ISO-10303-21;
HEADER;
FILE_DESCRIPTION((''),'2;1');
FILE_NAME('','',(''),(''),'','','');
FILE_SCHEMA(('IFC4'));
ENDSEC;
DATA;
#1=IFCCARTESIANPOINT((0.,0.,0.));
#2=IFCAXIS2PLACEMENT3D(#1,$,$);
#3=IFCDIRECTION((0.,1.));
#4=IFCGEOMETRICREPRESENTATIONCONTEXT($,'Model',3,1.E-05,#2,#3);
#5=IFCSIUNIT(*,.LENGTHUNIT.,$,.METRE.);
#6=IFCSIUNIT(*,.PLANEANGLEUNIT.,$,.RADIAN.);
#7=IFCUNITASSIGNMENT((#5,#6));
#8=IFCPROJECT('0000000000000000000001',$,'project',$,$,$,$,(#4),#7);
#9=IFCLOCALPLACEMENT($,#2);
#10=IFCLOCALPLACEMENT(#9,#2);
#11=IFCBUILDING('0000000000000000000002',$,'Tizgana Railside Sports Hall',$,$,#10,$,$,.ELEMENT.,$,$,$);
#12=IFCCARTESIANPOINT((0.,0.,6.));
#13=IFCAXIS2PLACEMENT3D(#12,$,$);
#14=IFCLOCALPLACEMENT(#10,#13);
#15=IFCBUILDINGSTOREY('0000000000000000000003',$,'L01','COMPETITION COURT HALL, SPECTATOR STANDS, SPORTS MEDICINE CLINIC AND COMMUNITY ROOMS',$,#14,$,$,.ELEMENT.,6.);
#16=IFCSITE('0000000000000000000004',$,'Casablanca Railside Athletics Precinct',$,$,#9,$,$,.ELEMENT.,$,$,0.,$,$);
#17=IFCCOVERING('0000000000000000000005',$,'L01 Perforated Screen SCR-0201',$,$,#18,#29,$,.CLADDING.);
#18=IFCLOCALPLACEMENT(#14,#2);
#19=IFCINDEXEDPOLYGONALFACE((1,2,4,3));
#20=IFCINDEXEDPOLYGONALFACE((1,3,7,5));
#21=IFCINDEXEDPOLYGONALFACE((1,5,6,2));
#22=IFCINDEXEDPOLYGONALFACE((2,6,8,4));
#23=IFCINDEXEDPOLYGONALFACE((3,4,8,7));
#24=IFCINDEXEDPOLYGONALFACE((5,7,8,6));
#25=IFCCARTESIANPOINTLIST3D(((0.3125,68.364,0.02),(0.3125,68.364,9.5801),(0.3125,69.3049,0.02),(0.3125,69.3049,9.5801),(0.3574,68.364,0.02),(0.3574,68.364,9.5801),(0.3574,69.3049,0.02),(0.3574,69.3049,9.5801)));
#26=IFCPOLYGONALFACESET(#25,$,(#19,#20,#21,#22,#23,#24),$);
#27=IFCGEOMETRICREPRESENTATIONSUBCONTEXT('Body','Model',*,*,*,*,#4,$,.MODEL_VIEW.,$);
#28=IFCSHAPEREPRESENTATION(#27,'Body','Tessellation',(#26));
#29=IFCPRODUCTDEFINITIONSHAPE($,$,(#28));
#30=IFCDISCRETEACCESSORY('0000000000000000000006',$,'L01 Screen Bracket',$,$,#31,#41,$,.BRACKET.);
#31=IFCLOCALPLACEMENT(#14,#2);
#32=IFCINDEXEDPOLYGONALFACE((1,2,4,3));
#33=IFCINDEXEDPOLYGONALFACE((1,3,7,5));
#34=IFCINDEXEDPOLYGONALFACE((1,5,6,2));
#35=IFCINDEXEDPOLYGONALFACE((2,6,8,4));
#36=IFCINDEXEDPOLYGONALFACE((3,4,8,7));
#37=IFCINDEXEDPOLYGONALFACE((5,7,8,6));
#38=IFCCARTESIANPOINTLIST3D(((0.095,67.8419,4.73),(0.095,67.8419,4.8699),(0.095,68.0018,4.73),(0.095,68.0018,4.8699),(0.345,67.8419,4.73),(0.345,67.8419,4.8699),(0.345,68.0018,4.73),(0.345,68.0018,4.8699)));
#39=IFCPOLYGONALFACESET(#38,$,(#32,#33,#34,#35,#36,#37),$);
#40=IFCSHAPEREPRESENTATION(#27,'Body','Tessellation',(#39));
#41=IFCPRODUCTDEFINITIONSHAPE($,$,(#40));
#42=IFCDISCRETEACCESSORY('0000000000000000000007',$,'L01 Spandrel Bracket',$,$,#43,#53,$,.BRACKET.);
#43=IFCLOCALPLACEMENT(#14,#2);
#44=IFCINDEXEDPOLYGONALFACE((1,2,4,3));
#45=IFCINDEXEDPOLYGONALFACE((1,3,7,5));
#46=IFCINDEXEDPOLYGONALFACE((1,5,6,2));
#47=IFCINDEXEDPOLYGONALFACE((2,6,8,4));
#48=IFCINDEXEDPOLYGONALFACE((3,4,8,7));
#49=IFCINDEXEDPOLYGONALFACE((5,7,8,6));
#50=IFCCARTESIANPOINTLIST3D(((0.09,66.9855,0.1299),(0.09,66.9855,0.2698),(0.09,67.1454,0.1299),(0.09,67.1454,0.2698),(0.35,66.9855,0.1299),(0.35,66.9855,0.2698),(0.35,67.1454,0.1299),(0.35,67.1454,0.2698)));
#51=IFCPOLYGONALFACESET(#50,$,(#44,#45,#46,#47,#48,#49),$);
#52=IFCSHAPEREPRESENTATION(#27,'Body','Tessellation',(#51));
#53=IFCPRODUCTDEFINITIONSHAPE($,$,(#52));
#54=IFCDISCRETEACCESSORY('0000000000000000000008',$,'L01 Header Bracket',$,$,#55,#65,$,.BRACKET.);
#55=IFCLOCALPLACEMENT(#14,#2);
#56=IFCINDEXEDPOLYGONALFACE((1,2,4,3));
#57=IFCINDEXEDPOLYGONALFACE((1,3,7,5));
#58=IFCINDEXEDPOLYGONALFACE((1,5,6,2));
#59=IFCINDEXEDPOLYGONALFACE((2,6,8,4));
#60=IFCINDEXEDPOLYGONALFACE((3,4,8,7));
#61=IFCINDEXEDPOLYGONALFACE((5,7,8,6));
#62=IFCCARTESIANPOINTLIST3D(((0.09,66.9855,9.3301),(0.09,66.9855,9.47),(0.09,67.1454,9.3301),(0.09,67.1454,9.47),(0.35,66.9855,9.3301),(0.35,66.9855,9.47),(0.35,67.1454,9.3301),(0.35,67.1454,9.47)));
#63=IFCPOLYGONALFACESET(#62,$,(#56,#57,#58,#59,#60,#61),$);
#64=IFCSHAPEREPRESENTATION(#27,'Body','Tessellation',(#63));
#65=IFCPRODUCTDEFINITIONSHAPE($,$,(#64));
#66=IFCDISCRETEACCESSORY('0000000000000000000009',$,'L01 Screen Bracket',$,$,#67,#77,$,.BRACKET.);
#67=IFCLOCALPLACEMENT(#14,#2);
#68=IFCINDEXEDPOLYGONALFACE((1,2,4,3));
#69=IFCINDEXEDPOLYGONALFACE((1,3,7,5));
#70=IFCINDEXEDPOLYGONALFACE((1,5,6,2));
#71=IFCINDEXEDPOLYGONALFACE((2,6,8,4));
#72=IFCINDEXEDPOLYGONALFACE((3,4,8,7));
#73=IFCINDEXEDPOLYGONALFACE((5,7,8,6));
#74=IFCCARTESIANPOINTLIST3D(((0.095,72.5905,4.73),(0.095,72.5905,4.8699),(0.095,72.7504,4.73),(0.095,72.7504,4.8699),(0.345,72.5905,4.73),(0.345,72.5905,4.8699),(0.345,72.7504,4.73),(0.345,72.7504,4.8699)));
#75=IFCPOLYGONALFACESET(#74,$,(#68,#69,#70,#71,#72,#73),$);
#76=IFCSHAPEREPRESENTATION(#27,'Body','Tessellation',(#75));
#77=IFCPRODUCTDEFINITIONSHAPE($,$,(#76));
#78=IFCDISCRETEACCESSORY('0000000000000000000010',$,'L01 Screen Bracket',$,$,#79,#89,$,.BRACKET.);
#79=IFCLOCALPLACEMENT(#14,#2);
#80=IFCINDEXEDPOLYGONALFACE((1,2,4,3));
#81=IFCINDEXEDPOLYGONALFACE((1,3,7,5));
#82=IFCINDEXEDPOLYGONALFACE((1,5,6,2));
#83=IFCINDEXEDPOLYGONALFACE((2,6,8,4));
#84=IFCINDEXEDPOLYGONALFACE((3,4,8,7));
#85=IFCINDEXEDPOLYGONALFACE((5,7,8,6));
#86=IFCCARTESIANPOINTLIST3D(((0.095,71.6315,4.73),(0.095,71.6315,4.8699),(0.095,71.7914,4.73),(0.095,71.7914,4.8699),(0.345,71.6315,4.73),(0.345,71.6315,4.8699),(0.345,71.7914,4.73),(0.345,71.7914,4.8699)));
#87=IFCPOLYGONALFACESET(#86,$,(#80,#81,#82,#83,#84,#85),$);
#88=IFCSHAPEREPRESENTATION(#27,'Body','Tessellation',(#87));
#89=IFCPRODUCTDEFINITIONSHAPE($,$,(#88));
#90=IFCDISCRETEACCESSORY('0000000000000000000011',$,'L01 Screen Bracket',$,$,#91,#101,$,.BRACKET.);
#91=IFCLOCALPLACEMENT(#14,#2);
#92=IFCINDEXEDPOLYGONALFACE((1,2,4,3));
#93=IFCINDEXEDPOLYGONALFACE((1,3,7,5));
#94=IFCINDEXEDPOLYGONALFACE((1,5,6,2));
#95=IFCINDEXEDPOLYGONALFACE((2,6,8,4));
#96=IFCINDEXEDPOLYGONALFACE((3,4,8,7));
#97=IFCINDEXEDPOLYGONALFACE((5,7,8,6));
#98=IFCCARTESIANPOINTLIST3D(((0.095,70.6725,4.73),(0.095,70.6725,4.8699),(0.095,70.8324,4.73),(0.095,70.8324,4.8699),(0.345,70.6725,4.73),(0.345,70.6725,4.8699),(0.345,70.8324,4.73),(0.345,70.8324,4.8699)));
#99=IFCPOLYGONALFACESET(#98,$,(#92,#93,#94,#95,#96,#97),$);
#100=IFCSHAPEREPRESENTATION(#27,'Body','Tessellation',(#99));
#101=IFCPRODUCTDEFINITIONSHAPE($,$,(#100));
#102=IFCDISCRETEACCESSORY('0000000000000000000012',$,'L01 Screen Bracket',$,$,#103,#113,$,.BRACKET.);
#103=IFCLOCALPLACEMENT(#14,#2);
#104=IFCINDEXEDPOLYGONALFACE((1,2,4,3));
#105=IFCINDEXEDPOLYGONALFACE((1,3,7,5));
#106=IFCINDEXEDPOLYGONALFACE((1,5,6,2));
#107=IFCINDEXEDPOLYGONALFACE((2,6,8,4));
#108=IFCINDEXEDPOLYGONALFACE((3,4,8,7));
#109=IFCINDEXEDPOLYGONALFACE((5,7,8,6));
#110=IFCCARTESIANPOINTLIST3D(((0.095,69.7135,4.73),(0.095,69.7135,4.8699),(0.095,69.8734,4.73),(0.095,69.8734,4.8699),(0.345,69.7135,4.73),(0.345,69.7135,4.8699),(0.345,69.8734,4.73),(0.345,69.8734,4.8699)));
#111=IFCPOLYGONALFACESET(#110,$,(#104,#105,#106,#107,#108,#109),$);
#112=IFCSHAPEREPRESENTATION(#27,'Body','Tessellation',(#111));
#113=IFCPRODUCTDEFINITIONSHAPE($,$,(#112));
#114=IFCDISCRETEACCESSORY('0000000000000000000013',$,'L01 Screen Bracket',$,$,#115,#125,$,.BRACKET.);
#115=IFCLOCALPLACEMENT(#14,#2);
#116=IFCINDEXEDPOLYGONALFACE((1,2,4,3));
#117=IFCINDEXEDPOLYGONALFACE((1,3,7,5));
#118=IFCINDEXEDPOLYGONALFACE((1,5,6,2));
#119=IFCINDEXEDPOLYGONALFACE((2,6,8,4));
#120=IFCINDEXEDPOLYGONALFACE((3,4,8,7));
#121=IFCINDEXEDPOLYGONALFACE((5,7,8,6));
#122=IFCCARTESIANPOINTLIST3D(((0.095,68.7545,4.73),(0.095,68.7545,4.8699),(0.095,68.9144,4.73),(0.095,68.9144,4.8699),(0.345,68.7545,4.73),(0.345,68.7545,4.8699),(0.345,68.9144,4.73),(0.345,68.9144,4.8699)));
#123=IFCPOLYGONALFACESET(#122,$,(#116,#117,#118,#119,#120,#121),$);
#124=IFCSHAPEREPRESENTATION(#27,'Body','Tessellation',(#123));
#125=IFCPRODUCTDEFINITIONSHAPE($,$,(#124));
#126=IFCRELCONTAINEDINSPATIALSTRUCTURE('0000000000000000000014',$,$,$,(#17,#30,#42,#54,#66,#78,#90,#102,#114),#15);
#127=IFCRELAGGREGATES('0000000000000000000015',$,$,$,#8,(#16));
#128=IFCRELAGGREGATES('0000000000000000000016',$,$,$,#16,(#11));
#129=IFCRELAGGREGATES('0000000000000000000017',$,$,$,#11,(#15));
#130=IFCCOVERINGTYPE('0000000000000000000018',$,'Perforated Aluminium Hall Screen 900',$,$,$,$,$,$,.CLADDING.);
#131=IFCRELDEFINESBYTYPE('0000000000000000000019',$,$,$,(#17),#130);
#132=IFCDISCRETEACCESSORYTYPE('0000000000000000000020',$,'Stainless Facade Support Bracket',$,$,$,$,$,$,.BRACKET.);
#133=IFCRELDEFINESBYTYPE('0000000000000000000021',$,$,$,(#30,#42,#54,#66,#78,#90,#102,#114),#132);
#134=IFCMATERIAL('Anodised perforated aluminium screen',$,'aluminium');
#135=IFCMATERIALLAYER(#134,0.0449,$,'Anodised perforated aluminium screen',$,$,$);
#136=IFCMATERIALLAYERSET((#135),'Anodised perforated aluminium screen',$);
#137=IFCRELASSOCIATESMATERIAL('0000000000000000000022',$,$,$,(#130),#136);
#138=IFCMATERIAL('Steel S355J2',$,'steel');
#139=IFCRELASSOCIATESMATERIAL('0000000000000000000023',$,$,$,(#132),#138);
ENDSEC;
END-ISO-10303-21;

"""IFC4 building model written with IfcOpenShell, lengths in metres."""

from ifc_helpers import new_model, si_unit, direction, frame, origin, origin_2d, place, context, subcontext, project, spatial, rectangle, extrude, material, layer, layer_set, type_object, element, save


model = new_model("IFC4")

# Units and contexts
model_context = context("Model", 3, precision=1e-05, world=origin(), true_north=direction((0.0, 1.0)))
body_context = subcontext(model_context, "Body", "Model", "MODEL_VIEW")
ifc_project = project(units=[si_unit("LENGTHUNIT", "METRE"), si_unit("PLANEANGLEUNIT", "RADIAN")], contexts=[model_context])

# Site, building, storey
site_placement = place(None, origin())
site = spatial("IfcSite", under=ifc_project, at=site_placement, Name="Casablanca Railside Athletics Precinct", CompositionType="ELEMENT", RefElevation=0.0)
building_placement = place(site_placement, origin())
building = spatial("IfcBuilding", under=site, at=building_placement, Name="Tizgana Railside Sports Hall", CompositionType="ELEMENT")
storey_placement = place(building_placement, frame((0.0, 0.0, 6.0)))
storey = spatial("IfcBuildingStorey", under=building, at=storey_placement, Name="L01", Description="COMPETITION COURT HALL, SPECTATOR STANDS, SPORTS MEDICINE CLINIC AND COMMUNITY ROOMS", CompositionType="ELEMENT", Elevation=6.0)

# Shared definitions
ifc_material_1 = material(Name="Steel S355J2", Category="steel")

# Covering
ifc_material_2 = material(Name="Anodised perforated aluminium screen", Category="aluminium")
ifc_layer_1 = layer(ifc_material_2, 0.0449, Name="Anodised perforated aluminium screen")
ifc_layer_set_1 = layer_set([ifc_layer_1], Name="Anodised perforated aluminium screen")
covering_type = type_object("IfcCoveringType", Name="Perforated Aluminium Hall Screen 900", PredefinedType="CLADDING", material=ifc_layer_set_1)
for number, where, z_axis, x_axis, name in (
    (1, (0.335, 68.8345, 0.02), (0.0, 0.0, 1.0), (0.0, -1.0, 0.0), "L01 Perforated Screen SCR-0201"),
):
    element("IfcCovering", number, at=place(storey_placement, frame(where, z_axis=z_axis, x_axis=x_axis)), inside=storey, type_object=covering_type, Name=name, PredefinedType="CLADDING", context=body_context, shape_type="SweptSolid", body=[
        extrude(rectangle(XDim=0.9409, YDim=0.0449, at=origin_2d()), origin(), (0.0, 0.0, 1.0), 9.5601),
    ])

# Discrete accessories
discrete_accessory_type = type_object("IfcDiscreteAccessoryType", Name="Stainless Facade Support Bracket", PredefinedType="BRACKET", material=ifc_material_1)
discrete_accessory_placement = place(storey_placement, frame((0.22, 67.9219, 4.73), z_axis=(0.0, 0.0, 1.0), x_axis=(0.0, -1.0, 0.0)))
element("IfcDiscreteAccessory", 2, at=discrete_accessory_placement, inside=storey, type_object=discrete_accessory_type, Name="L01 Screen Bracket", PredefinedType="BRACKET", context=body_context, shape_type="SweptSolid", body=[
    extrude(rectangle(XDim=0.1599, YDim=0.25, at=origin_2d()), origin(), (0.0, 0.0, 1.0), 0.1399),
])
for number, where, z_axis, x_axis, name in (
    (3, (0.22, 67.0654, 0.1299), (0.0, 0.0, 1.0), (0.0, -1.0, 0.0), "L01 Spandrel Bracket"),
    (4, (0.22, 67.0654, 9.3301), (0.0, 0.0, 1.0), (0.0, -1.0, 0.0), "L01 Header Bracket"),
):
    element("IfcDiscreteAccessory", number, at=place(storey_placement, frame(where, z_axis=z_axis, x_axis=x_axis)), inside=storey, type_object=discrete_accessory_type, Name=name, PredefinedType="BRACKET", context=body_context, shape_type="SweptSolid", body=[
        extrude(rectangle(XDim=0.1599, YDim=0.26, at=origin_2d()), origin(), (0.0, 0.0, 1.0), 0.1399),
    ])
for number, where, z_axis, x_axis, name in (
    (5, (0.22, 72.6704, 4.73), (0.0, 0.0, 1.0), (0.0, -1.0, 0.0), "L01 Screen Bracket"),
    (6, (0.22, 71.7114, 4.73), (0.0, 0.0, 1.0), (0.0, -1.0, 0.0), "L01 Screen Bracket"),
    (7, (0.22, 70.7524, 4.73), (0.0, 0.0, 1.0), (0.0, -1.0, 0.0), "L01 Screen Bracket"),
    (8, (0.22, 69.7935, 4.73), (0.0, 0.0, 1.0), (0.0, -1.0, 0.0), "L01 Screen Bracket"),
    (9, (0.22, 68.8345, 4.73), (0.0, 0.0, 1.0), (0.0, -1.0, 0.0), "L01 Screen Bracket"),
):
    element("IfcDiscreteAccessory", number, at=place(storey_placement, frame(where, z_axis=z_axis, x_axis=x_axis)), inside=storey, type_object=discrete_accessory_type, Name=name, PredefinedType="BRACKET", context=body_context, shape_type="SweptSolid", body=[
        extrude(rectangle(XDim=0.1599, YDim=0.25, at=origin_2d()), origin(), (0.0, 0.0, 1.0), 0.1399),
    ])

save(model, "model.ifc")
